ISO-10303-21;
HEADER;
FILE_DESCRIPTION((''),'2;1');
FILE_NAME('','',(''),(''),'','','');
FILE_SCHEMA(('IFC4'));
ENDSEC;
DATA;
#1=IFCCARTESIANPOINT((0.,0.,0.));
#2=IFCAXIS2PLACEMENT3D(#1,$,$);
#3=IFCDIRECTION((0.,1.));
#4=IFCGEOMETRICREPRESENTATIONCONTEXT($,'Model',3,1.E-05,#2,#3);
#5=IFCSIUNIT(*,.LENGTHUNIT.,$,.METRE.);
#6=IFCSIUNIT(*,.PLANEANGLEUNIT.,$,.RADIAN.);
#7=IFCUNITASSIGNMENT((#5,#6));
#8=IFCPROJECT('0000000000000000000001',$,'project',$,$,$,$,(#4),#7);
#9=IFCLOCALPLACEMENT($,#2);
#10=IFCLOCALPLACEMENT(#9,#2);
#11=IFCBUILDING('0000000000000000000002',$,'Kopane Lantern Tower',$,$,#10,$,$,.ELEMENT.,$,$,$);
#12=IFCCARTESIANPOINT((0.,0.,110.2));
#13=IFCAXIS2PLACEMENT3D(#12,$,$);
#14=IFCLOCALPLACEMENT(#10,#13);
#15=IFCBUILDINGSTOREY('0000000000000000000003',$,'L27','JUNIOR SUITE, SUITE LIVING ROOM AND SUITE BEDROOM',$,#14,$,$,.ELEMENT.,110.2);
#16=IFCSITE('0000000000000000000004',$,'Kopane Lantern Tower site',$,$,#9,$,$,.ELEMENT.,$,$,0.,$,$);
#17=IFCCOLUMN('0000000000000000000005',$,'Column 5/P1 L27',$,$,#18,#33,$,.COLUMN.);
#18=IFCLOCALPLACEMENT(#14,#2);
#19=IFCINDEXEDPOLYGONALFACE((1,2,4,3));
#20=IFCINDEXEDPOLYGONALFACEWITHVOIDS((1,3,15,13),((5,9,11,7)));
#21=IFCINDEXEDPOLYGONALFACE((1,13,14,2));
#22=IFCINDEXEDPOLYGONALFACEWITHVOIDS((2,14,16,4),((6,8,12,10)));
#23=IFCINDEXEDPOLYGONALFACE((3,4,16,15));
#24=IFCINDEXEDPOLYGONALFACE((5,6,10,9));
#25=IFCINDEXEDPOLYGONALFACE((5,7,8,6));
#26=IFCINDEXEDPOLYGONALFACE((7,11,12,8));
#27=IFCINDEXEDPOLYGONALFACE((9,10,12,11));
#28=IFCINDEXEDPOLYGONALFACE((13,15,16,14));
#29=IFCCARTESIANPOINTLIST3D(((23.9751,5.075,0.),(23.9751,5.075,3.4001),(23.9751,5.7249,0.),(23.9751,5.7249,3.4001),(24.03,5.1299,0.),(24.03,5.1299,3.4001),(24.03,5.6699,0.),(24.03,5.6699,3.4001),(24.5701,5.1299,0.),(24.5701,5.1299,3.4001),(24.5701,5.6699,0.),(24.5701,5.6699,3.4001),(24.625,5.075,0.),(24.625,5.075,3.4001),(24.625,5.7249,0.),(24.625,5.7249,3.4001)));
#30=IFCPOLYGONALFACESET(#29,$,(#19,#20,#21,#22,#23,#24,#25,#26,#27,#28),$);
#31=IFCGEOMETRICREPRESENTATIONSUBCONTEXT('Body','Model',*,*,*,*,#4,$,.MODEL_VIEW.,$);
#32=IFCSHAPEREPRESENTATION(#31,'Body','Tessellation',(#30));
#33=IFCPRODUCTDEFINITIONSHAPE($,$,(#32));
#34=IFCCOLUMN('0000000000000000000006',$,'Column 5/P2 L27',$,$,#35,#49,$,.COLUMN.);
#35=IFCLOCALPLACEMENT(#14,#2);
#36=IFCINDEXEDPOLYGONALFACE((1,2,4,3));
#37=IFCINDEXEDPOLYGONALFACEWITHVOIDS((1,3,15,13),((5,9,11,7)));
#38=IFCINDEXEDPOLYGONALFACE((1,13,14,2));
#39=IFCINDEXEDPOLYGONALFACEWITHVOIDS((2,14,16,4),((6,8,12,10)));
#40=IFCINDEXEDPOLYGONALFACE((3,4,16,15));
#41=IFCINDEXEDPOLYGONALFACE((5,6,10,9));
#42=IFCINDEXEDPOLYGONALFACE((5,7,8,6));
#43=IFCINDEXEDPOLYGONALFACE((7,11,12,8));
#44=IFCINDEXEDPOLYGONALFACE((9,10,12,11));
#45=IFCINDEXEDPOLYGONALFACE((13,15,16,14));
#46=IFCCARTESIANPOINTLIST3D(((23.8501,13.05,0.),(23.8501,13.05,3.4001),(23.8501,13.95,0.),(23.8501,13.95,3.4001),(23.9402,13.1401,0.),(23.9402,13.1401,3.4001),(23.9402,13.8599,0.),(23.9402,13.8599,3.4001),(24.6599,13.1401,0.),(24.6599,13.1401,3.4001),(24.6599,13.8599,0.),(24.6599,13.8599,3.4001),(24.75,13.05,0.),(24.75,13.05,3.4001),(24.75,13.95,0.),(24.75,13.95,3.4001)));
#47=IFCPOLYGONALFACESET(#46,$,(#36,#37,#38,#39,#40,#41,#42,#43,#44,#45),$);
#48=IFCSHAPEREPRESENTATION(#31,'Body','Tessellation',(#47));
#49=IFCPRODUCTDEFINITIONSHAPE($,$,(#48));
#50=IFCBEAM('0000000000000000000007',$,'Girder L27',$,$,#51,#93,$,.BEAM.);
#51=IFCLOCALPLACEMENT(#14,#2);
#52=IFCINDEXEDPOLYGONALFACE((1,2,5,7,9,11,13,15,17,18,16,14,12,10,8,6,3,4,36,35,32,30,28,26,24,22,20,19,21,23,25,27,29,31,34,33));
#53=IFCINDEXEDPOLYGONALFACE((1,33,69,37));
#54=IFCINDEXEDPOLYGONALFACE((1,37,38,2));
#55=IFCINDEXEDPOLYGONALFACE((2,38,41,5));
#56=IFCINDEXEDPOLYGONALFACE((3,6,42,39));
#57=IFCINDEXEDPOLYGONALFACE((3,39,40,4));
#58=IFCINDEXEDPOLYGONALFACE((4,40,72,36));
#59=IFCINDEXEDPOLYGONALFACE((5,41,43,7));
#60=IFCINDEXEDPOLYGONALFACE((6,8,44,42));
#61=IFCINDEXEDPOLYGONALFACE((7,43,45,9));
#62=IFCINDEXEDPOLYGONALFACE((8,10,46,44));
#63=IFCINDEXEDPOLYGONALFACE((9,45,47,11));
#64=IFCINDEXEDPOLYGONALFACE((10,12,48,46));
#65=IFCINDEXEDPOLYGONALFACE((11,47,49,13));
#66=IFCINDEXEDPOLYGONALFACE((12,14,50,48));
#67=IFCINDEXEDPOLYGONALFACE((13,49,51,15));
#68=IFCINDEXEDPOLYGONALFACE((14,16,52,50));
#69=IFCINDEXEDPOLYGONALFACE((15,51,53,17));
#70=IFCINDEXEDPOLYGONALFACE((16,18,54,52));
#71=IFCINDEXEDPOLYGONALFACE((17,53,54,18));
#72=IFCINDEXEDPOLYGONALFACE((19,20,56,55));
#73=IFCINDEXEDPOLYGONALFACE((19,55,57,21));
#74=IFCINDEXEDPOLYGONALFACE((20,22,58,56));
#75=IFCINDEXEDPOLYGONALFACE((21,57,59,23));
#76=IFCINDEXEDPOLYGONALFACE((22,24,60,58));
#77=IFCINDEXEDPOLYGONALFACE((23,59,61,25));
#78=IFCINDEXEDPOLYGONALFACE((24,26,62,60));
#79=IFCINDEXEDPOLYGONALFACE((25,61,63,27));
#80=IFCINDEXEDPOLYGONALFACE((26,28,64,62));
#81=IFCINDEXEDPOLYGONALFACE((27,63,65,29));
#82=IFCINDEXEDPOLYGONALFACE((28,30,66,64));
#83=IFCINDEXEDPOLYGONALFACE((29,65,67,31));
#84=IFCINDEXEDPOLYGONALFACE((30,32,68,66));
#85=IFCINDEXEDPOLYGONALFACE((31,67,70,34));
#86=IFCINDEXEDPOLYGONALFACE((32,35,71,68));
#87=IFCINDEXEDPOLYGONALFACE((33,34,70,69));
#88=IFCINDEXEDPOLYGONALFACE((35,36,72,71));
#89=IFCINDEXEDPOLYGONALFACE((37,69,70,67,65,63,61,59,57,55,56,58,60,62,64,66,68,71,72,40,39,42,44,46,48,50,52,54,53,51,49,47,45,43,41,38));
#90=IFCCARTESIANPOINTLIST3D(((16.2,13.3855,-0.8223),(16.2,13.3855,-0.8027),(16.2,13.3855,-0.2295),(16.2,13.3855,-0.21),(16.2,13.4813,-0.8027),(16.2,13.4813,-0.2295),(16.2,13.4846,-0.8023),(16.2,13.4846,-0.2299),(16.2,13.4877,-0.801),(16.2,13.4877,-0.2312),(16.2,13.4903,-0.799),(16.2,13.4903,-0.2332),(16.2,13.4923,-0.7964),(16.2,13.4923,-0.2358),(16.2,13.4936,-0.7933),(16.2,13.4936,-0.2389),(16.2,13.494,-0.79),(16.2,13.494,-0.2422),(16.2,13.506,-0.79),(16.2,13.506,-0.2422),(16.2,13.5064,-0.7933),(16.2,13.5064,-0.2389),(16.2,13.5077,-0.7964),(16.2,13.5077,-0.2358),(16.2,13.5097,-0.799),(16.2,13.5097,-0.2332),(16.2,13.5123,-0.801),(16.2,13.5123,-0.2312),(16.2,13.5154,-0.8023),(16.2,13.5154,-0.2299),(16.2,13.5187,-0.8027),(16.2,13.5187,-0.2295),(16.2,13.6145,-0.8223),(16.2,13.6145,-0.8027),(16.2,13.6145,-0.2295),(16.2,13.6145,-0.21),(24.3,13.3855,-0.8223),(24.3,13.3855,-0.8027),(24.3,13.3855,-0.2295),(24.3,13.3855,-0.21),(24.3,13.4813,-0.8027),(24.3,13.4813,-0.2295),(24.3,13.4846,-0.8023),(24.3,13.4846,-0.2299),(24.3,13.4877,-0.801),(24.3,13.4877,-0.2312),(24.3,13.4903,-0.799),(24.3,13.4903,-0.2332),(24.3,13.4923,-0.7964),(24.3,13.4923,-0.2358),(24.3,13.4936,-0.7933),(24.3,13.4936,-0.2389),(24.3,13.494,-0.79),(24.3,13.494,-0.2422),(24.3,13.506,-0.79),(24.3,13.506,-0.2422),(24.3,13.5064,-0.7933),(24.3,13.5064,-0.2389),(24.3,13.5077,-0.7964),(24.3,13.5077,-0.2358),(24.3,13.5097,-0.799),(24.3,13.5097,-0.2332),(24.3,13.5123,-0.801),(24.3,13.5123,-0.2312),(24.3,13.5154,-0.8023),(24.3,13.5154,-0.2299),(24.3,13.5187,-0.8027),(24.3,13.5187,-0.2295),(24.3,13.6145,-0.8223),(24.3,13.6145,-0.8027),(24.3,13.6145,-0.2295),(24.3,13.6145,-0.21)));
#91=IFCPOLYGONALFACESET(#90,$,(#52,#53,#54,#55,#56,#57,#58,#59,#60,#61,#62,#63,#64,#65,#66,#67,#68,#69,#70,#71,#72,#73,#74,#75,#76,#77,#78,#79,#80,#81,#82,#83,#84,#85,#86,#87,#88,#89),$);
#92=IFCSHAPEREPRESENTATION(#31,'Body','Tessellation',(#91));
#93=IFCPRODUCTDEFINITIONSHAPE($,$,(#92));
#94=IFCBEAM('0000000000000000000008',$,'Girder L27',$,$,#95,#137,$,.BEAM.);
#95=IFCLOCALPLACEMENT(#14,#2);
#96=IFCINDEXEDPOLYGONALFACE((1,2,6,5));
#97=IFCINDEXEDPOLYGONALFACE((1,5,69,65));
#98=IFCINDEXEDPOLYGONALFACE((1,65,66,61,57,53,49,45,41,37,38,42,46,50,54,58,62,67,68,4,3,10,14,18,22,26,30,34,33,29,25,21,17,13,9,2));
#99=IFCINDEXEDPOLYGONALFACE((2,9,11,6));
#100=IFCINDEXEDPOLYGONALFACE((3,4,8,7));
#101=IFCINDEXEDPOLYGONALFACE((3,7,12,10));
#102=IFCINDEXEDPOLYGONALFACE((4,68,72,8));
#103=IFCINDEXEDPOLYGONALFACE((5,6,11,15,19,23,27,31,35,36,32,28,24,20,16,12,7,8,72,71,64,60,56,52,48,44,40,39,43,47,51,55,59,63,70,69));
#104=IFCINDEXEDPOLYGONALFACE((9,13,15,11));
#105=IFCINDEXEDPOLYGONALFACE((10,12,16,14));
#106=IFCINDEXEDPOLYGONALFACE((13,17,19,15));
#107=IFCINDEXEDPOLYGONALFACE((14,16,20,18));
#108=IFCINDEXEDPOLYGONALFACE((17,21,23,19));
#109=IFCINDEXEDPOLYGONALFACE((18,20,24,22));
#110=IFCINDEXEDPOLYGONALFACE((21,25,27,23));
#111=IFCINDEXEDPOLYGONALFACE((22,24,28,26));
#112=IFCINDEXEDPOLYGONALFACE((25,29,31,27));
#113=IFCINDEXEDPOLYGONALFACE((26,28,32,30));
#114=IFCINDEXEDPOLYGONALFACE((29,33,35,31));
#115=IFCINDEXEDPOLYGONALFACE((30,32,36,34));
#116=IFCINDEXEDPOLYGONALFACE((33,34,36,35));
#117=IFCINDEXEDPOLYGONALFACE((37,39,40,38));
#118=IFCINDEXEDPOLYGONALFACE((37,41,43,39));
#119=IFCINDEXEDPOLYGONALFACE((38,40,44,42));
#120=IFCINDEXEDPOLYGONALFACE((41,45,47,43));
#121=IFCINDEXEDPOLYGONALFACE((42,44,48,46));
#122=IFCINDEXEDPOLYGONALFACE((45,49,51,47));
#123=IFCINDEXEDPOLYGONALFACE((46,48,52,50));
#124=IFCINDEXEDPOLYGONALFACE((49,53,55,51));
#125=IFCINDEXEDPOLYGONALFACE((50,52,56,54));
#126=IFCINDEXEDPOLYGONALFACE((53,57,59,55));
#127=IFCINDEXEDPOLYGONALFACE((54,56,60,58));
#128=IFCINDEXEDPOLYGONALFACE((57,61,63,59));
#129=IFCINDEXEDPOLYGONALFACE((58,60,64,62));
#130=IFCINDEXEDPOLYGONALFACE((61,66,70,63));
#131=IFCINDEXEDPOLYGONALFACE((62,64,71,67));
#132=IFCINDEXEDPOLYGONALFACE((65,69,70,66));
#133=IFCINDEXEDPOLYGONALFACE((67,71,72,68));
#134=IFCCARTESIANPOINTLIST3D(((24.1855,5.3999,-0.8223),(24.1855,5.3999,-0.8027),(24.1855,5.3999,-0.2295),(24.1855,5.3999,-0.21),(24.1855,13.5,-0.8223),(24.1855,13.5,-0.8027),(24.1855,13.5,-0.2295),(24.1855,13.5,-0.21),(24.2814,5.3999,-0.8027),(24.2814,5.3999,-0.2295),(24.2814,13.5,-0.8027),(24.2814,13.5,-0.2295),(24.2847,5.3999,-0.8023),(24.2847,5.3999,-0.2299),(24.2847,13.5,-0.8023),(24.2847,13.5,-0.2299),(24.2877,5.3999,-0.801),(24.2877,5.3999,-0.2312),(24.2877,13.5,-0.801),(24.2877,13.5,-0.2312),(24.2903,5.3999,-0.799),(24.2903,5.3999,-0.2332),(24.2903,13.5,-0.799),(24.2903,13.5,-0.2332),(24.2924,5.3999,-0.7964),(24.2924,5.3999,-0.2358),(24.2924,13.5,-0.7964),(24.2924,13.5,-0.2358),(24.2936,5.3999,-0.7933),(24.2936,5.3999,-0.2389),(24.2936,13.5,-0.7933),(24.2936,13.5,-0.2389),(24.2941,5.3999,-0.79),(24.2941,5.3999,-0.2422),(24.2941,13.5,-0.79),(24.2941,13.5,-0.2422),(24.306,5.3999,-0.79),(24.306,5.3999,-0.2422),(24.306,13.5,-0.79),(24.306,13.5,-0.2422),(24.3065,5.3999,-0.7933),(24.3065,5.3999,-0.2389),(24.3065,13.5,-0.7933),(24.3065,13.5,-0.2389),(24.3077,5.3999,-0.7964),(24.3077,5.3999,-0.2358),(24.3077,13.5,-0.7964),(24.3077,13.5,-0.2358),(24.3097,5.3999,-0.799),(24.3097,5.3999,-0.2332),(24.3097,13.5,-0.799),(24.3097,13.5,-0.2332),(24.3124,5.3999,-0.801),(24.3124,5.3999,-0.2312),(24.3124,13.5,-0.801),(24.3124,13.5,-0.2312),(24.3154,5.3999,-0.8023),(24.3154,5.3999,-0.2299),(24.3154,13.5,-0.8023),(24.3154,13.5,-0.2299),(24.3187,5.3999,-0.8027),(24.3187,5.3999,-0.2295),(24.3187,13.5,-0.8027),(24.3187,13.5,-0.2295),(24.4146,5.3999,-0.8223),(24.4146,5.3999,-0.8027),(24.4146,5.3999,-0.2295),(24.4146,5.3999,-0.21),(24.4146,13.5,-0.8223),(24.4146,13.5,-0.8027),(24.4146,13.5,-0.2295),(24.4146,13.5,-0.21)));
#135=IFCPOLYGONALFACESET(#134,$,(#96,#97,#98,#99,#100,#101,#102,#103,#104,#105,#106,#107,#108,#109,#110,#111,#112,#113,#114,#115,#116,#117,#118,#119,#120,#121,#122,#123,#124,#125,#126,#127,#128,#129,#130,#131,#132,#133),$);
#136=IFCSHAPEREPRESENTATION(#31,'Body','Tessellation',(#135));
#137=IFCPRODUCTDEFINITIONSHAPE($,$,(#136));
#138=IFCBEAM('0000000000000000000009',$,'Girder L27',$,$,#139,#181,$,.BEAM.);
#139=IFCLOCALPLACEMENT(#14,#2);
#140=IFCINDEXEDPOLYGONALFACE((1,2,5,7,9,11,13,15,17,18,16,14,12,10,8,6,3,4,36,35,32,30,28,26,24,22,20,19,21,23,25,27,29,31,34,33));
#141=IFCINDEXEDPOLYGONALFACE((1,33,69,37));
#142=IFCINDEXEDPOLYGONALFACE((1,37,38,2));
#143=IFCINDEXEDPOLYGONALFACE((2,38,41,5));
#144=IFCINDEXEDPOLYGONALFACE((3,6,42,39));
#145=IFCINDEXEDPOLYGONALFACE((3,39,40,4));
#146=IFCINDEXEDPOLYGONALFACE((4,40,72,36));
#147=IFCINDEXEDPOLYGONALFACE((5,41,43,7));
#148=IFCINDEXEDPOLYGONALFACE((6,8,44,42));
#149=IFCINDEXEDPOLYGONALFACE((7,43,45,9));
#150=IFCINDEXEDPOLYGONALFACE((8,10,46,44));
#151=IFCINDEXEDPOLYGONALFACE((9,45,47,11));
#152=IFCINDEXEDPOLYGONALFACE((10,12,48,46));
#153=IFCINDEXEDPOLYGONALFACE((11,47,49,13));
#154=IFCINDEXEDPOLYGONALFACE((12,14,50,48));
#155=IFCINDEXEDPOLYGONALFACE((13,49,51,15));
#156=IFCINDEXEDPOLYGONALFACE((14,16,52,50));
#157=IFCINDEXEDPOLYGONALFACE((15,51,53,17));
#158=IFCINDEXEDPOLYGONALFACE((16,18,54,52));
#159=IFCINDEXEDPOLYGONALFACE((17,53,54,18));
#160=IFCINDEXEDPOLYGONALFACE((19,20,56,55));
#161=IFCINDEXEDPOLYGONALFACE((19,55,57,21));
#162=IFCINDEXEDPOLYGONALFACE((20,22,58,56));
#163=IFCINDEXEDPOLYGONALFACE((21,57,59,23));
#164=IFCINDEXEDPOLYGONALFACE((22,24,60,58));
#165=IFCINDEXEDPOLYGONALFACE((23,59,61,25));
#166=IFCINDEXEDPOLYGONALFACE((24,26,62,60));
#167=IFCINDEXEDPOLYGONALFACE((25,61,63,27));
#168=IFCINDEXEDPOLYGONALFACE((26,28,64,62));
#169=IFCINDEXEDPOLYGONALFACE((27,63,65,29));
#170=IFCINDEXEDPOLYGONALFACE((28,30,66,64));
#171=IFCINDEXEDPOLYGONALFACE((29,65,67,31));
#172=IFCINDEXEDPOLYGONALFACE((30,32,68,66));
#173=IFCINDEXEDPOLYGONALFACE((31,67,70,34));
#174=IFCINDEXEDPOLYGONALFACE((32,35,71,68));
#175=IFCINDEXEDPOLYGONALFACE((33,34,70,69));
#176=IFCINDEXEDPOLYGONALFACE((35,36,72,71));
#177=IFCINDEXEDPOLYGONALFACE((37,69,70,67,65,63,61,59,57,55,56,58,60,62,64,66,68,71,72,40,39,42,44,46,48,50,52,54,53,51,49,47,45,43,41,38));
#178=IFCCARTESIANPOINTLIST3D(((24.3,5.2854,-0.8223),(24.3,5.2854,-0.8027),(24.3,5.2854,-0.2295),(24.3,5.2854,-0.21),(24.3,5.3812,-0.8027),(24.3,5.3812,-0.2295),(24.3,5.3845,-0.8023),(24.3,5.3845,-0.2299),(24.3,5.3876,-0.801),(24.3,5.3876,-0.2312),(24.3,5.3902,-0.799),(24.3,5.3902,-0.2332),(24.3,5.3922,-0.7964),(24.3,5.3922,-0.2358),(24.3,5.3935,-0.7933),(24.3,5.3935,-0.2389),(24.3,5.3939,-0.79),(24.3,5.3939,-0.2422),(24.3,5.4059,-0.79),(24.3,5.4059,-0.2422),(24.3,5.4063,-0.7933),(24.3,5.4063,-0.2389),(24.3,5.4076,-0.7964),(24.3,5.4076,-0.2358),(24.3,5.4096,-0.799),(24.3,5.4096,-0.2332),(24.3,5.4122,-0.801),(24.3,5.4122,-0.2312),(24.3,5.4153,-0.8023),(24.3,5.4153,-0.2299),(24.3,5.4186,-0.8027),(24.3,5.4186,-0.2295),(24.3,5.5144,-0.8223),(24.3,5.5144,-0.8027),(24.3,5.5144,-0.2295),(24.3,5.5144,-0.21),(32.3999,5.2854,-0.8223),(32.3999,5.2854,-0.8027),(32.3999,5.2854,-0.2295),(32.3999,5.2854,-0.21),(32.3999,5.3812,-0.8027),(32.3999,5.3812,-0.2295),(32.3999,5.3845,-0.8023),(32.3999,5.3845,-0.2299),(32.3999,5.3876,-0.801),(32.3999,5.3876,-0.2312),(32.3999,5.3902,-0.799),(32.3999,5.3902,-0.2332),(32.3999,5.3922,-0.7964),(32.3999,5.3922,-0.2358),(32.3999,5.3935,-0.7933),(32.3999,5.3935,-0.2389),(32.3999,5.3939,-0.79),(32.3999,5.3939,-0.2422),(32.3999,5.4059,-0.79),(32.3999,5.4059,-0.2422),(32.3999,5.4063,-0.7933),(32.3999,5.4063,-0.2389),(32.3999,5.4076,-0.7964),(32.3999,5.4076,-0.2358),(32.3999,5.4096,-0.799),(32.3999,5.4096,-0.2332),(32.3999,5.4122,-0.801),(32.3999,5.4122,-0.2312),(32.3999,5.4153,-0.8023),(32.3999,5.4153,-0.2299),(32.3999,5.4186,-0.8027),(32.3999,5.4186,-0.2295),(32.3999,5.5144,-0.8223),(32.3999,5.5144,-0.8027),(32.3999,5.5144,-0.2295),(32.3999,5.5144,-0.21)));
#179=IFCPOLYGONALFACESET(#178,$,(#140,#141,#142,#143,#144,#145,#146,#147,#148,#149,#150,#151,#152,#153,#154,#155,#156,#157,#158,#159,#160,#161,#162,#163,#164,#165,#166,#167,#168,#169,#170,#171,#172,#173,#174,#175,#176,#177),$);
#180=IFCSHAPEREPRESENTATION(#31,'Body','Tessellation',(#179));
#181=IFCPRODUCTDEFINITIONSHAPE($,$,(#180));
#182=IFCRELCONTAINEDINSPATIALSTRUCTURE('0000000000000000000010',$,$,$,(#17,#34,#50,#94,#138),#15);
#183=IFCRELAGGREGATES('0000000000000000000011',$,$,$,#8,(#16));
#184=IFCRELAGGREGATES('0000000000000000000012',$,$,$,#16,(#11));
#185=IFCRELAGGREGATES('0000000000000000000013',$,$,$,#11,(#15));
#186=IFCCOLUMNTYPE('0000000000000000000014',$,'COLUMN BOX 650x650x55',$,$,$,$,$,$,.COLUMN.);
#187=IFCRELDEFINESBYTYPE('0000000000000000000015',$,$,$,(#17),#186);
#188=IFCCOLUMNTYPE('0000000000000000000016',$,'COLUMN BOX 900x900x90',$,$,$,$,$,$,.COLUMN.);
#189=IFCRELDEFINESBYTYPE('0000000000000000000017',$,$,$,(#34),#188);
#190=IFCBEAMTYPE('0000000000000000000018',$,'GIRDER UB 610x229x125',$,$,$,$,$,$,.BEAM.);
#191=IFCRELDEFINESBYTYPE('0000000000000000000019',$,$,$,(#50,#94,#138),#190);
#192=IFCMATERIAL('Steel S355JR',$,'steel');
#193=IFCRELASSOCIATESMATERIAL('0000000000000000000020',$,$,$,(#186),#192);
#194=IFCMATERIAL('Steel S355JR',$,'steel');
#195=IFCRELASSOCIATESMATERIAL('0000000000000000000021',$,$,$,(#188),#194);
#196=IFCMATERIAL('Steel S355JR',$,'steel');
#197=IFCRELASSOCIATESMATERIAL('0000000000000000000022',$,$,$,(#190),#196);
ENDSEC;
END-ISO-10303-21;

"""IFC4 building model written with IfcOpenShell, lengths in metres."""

from ifc_helpers import new_model, si_unit, direction, frame, origin, origin_2d, place, context, subcontext, project, spatial, hollow_rectangle, i_section, extrude, material, material_profile, profile_set, type_object, element, save


model = new_model("IFC4")

# Units and contexts
model_context = context("Model", 3, precision=1e-05, world=origin(), true_north=direction((0.0, 1.0)))
body_context = subcontext(model_context, "Body", "Model", "MODEL_VIEW")
ifc_project = project(units=[si_unit("LENGTHUNIT", "METRE"), si_unit("PLANEANGLEUNIT", "RADIAN")], contexts=[model_context])

# Site, building, storey
site_placement = place(None, origin())
site = spatial("IfcSite", under=ifc_project, at=site_placement, Name="Kopane Lantern Tower site", CompositionType="ELEMENT", RefElevation=0.0)
building_placement = place(site_placement, origin())
building = spatial("IfcBuilding", under=site, at=building_placement, Name="Kopane Lantern Tower", CompositionType="ELEMENT")
storey_placement = place(building_placement, frame((0.0, 0.0, 110.2)))
storey = spatial("IfcBuildingStorey", under=building, at=storey_placement, Name="L27", Description="JUNIOR SUITE, SUITE LIVING ROOM AND SUITE BEDROOM", CompositionType="ELEMENT", Elevation=110.2)

# Columns
ifc_material_1 = material(Name="Steel S355JR", Category="steel")
ifc_material_profile_1 = material_profile(ifc_material_1, hollow_rectangle(XDim=0.6499, YDim=0.6499, WallThickness=0.0549, at=origin_2d()), Name="BOX 650x650x55")
ifc_profile_set_1 = profile_set([ifc_material_profile_1], Name="Steel S355JR")
column_type_1 = type_object("IfcColumnType", Name="COLUMN BOX 650x650x55", PredefinedType="COLUMN", material=ifc_profile_set_1)
column_1_placement = place(storey_placement, frame((24.3, 5.3999, 0.0), z_axis=(0.0, 0.0, 1.0), x_axis=(1.0, 0.0, 0.0)))
element("IfcColumn", 1, at=column_1_placement, inside=storey, type_object=column_type_1, Name="Column 5/P1 L27", PredefinedType="COLUMN", context=body_context, shape_type="SweptSolid", body=[
    extrude(hollow_rectangle(XDim=0.6499, YDim=0.6499, WallThickness=0.0549, at=origin_2d()), origin(), (0.0, 0.0, 1.0), 3.4001),
])
ifc_material_2 = material(Name="Steel S355JR", Category="steel")
ifc_material_profile_2 = material_profile(ifc_material_2, hollow_rectangle(XDim=0.8999, YDim=0.8999, WallThickness=0.0901, at=origin_2d()), Name="BOX 900x900x90")
ifc_profile_set_2 = profile_set([ifc_material_profile_2], Name="Steel S355JR")
column_type_2 = type_object("IfcColumnType", Name="COLUMN BOX 900x900x90", PredefinedType="COLUMN", material=ifc_profile_set_2)
column_2_placement = place(storey_placement, frame((24.3, 13.5, 0.0), z_axis=(0.0, 0.0, 1.0), x_axis=(1.0, 0.0, 0.0)))
element("IfcColumn", 2, at=column_2_placement, inside=storey, type_object=column_type_2, Name="Column 5/P2 L27", PredefinedType="COLUMN", context=body_context, shape_type="SweptSolid", body=[
    extrude(hollow_rectangle(XDim=0.8999, YDim=0.8999, WallThickness=0.0901, at=origin_2d()), origin(), (0.0, 0.0, 1.0), 3.4001),
])

# Beams
ifc_material_3 = material(Name="Steel S355JR", Category="steel")
ifc_material_profile_3 = material_profile(ifc_material_3, i_section(OverallWidth=0.229, OverallDepth=0.6123, WebThickness=0.012, FlangeThickness=0.0195, FilletRadius=0.0127, at=origin_2d()), Name="UB 610x229x125")
ifc_profile_set_3 = profile_set([ifc_material_profile_3], Name="Steel S355JR")
beam_type = type_object("IfcBeamType", Name="GIRDER UB 610x229x125", PredefinedType="BEAM", material=ifc_profile_set_3)
for number, where, z_axis, x_axis, name in (
    (3, (16.2, 13.5, -0.5161), (1.0, 0.0, 0.0), (0.0, 1.0, 0.0), "Girder L27"),
    (4, (24.3, 5.3999, -0.5161), (0.0, 1.0, 0.0), (-1.0, 0.0, 0.0), "Girder L27"),
):
    element("IfcBeam", number, at=place(storey_placement, frame(where, z_axis=z_axis, x_axis=x_axis)), inside=storey, type_object=beam_type, Name=name, PredefinedType="BEAM", context=body_context, shape_type="SweptSolid", body=[
        extrude(i_section(OverallWidth=0.229, OverallDepth=0.6123, WebThickness=0.012, FlangeThickness=0.0195, FilletRadius=0.0127, at=origin_2d()), origin(), (0.0, 0.0, 1.0), 8.1001),
    ])
beam_1_placement = place(storey_placement, frame((24.3, 5.3999, -0.5161), z_axis=(1.0, 0.0, 0.0), x_axis=(0.0, 1.0, 0.0)))
element("IfcBeam", 5, at=beam_1_placement, inside=storey, type_object=beam_type, Name="Girder L27", PredefinedType="BEAM", context=body_context, shape_type="SweptSolid", body=[
    extrude(i_section(OverallWidth=0.229, OverallDepth=0.6123, WebThickness=0.012, FlangeThickness=0.0195, FilletRadius=0.0127, at=origin_2d()), origin(), (0.0, 0.0, 1.0), 8.0999),
])

save(model, "model.ifc")
